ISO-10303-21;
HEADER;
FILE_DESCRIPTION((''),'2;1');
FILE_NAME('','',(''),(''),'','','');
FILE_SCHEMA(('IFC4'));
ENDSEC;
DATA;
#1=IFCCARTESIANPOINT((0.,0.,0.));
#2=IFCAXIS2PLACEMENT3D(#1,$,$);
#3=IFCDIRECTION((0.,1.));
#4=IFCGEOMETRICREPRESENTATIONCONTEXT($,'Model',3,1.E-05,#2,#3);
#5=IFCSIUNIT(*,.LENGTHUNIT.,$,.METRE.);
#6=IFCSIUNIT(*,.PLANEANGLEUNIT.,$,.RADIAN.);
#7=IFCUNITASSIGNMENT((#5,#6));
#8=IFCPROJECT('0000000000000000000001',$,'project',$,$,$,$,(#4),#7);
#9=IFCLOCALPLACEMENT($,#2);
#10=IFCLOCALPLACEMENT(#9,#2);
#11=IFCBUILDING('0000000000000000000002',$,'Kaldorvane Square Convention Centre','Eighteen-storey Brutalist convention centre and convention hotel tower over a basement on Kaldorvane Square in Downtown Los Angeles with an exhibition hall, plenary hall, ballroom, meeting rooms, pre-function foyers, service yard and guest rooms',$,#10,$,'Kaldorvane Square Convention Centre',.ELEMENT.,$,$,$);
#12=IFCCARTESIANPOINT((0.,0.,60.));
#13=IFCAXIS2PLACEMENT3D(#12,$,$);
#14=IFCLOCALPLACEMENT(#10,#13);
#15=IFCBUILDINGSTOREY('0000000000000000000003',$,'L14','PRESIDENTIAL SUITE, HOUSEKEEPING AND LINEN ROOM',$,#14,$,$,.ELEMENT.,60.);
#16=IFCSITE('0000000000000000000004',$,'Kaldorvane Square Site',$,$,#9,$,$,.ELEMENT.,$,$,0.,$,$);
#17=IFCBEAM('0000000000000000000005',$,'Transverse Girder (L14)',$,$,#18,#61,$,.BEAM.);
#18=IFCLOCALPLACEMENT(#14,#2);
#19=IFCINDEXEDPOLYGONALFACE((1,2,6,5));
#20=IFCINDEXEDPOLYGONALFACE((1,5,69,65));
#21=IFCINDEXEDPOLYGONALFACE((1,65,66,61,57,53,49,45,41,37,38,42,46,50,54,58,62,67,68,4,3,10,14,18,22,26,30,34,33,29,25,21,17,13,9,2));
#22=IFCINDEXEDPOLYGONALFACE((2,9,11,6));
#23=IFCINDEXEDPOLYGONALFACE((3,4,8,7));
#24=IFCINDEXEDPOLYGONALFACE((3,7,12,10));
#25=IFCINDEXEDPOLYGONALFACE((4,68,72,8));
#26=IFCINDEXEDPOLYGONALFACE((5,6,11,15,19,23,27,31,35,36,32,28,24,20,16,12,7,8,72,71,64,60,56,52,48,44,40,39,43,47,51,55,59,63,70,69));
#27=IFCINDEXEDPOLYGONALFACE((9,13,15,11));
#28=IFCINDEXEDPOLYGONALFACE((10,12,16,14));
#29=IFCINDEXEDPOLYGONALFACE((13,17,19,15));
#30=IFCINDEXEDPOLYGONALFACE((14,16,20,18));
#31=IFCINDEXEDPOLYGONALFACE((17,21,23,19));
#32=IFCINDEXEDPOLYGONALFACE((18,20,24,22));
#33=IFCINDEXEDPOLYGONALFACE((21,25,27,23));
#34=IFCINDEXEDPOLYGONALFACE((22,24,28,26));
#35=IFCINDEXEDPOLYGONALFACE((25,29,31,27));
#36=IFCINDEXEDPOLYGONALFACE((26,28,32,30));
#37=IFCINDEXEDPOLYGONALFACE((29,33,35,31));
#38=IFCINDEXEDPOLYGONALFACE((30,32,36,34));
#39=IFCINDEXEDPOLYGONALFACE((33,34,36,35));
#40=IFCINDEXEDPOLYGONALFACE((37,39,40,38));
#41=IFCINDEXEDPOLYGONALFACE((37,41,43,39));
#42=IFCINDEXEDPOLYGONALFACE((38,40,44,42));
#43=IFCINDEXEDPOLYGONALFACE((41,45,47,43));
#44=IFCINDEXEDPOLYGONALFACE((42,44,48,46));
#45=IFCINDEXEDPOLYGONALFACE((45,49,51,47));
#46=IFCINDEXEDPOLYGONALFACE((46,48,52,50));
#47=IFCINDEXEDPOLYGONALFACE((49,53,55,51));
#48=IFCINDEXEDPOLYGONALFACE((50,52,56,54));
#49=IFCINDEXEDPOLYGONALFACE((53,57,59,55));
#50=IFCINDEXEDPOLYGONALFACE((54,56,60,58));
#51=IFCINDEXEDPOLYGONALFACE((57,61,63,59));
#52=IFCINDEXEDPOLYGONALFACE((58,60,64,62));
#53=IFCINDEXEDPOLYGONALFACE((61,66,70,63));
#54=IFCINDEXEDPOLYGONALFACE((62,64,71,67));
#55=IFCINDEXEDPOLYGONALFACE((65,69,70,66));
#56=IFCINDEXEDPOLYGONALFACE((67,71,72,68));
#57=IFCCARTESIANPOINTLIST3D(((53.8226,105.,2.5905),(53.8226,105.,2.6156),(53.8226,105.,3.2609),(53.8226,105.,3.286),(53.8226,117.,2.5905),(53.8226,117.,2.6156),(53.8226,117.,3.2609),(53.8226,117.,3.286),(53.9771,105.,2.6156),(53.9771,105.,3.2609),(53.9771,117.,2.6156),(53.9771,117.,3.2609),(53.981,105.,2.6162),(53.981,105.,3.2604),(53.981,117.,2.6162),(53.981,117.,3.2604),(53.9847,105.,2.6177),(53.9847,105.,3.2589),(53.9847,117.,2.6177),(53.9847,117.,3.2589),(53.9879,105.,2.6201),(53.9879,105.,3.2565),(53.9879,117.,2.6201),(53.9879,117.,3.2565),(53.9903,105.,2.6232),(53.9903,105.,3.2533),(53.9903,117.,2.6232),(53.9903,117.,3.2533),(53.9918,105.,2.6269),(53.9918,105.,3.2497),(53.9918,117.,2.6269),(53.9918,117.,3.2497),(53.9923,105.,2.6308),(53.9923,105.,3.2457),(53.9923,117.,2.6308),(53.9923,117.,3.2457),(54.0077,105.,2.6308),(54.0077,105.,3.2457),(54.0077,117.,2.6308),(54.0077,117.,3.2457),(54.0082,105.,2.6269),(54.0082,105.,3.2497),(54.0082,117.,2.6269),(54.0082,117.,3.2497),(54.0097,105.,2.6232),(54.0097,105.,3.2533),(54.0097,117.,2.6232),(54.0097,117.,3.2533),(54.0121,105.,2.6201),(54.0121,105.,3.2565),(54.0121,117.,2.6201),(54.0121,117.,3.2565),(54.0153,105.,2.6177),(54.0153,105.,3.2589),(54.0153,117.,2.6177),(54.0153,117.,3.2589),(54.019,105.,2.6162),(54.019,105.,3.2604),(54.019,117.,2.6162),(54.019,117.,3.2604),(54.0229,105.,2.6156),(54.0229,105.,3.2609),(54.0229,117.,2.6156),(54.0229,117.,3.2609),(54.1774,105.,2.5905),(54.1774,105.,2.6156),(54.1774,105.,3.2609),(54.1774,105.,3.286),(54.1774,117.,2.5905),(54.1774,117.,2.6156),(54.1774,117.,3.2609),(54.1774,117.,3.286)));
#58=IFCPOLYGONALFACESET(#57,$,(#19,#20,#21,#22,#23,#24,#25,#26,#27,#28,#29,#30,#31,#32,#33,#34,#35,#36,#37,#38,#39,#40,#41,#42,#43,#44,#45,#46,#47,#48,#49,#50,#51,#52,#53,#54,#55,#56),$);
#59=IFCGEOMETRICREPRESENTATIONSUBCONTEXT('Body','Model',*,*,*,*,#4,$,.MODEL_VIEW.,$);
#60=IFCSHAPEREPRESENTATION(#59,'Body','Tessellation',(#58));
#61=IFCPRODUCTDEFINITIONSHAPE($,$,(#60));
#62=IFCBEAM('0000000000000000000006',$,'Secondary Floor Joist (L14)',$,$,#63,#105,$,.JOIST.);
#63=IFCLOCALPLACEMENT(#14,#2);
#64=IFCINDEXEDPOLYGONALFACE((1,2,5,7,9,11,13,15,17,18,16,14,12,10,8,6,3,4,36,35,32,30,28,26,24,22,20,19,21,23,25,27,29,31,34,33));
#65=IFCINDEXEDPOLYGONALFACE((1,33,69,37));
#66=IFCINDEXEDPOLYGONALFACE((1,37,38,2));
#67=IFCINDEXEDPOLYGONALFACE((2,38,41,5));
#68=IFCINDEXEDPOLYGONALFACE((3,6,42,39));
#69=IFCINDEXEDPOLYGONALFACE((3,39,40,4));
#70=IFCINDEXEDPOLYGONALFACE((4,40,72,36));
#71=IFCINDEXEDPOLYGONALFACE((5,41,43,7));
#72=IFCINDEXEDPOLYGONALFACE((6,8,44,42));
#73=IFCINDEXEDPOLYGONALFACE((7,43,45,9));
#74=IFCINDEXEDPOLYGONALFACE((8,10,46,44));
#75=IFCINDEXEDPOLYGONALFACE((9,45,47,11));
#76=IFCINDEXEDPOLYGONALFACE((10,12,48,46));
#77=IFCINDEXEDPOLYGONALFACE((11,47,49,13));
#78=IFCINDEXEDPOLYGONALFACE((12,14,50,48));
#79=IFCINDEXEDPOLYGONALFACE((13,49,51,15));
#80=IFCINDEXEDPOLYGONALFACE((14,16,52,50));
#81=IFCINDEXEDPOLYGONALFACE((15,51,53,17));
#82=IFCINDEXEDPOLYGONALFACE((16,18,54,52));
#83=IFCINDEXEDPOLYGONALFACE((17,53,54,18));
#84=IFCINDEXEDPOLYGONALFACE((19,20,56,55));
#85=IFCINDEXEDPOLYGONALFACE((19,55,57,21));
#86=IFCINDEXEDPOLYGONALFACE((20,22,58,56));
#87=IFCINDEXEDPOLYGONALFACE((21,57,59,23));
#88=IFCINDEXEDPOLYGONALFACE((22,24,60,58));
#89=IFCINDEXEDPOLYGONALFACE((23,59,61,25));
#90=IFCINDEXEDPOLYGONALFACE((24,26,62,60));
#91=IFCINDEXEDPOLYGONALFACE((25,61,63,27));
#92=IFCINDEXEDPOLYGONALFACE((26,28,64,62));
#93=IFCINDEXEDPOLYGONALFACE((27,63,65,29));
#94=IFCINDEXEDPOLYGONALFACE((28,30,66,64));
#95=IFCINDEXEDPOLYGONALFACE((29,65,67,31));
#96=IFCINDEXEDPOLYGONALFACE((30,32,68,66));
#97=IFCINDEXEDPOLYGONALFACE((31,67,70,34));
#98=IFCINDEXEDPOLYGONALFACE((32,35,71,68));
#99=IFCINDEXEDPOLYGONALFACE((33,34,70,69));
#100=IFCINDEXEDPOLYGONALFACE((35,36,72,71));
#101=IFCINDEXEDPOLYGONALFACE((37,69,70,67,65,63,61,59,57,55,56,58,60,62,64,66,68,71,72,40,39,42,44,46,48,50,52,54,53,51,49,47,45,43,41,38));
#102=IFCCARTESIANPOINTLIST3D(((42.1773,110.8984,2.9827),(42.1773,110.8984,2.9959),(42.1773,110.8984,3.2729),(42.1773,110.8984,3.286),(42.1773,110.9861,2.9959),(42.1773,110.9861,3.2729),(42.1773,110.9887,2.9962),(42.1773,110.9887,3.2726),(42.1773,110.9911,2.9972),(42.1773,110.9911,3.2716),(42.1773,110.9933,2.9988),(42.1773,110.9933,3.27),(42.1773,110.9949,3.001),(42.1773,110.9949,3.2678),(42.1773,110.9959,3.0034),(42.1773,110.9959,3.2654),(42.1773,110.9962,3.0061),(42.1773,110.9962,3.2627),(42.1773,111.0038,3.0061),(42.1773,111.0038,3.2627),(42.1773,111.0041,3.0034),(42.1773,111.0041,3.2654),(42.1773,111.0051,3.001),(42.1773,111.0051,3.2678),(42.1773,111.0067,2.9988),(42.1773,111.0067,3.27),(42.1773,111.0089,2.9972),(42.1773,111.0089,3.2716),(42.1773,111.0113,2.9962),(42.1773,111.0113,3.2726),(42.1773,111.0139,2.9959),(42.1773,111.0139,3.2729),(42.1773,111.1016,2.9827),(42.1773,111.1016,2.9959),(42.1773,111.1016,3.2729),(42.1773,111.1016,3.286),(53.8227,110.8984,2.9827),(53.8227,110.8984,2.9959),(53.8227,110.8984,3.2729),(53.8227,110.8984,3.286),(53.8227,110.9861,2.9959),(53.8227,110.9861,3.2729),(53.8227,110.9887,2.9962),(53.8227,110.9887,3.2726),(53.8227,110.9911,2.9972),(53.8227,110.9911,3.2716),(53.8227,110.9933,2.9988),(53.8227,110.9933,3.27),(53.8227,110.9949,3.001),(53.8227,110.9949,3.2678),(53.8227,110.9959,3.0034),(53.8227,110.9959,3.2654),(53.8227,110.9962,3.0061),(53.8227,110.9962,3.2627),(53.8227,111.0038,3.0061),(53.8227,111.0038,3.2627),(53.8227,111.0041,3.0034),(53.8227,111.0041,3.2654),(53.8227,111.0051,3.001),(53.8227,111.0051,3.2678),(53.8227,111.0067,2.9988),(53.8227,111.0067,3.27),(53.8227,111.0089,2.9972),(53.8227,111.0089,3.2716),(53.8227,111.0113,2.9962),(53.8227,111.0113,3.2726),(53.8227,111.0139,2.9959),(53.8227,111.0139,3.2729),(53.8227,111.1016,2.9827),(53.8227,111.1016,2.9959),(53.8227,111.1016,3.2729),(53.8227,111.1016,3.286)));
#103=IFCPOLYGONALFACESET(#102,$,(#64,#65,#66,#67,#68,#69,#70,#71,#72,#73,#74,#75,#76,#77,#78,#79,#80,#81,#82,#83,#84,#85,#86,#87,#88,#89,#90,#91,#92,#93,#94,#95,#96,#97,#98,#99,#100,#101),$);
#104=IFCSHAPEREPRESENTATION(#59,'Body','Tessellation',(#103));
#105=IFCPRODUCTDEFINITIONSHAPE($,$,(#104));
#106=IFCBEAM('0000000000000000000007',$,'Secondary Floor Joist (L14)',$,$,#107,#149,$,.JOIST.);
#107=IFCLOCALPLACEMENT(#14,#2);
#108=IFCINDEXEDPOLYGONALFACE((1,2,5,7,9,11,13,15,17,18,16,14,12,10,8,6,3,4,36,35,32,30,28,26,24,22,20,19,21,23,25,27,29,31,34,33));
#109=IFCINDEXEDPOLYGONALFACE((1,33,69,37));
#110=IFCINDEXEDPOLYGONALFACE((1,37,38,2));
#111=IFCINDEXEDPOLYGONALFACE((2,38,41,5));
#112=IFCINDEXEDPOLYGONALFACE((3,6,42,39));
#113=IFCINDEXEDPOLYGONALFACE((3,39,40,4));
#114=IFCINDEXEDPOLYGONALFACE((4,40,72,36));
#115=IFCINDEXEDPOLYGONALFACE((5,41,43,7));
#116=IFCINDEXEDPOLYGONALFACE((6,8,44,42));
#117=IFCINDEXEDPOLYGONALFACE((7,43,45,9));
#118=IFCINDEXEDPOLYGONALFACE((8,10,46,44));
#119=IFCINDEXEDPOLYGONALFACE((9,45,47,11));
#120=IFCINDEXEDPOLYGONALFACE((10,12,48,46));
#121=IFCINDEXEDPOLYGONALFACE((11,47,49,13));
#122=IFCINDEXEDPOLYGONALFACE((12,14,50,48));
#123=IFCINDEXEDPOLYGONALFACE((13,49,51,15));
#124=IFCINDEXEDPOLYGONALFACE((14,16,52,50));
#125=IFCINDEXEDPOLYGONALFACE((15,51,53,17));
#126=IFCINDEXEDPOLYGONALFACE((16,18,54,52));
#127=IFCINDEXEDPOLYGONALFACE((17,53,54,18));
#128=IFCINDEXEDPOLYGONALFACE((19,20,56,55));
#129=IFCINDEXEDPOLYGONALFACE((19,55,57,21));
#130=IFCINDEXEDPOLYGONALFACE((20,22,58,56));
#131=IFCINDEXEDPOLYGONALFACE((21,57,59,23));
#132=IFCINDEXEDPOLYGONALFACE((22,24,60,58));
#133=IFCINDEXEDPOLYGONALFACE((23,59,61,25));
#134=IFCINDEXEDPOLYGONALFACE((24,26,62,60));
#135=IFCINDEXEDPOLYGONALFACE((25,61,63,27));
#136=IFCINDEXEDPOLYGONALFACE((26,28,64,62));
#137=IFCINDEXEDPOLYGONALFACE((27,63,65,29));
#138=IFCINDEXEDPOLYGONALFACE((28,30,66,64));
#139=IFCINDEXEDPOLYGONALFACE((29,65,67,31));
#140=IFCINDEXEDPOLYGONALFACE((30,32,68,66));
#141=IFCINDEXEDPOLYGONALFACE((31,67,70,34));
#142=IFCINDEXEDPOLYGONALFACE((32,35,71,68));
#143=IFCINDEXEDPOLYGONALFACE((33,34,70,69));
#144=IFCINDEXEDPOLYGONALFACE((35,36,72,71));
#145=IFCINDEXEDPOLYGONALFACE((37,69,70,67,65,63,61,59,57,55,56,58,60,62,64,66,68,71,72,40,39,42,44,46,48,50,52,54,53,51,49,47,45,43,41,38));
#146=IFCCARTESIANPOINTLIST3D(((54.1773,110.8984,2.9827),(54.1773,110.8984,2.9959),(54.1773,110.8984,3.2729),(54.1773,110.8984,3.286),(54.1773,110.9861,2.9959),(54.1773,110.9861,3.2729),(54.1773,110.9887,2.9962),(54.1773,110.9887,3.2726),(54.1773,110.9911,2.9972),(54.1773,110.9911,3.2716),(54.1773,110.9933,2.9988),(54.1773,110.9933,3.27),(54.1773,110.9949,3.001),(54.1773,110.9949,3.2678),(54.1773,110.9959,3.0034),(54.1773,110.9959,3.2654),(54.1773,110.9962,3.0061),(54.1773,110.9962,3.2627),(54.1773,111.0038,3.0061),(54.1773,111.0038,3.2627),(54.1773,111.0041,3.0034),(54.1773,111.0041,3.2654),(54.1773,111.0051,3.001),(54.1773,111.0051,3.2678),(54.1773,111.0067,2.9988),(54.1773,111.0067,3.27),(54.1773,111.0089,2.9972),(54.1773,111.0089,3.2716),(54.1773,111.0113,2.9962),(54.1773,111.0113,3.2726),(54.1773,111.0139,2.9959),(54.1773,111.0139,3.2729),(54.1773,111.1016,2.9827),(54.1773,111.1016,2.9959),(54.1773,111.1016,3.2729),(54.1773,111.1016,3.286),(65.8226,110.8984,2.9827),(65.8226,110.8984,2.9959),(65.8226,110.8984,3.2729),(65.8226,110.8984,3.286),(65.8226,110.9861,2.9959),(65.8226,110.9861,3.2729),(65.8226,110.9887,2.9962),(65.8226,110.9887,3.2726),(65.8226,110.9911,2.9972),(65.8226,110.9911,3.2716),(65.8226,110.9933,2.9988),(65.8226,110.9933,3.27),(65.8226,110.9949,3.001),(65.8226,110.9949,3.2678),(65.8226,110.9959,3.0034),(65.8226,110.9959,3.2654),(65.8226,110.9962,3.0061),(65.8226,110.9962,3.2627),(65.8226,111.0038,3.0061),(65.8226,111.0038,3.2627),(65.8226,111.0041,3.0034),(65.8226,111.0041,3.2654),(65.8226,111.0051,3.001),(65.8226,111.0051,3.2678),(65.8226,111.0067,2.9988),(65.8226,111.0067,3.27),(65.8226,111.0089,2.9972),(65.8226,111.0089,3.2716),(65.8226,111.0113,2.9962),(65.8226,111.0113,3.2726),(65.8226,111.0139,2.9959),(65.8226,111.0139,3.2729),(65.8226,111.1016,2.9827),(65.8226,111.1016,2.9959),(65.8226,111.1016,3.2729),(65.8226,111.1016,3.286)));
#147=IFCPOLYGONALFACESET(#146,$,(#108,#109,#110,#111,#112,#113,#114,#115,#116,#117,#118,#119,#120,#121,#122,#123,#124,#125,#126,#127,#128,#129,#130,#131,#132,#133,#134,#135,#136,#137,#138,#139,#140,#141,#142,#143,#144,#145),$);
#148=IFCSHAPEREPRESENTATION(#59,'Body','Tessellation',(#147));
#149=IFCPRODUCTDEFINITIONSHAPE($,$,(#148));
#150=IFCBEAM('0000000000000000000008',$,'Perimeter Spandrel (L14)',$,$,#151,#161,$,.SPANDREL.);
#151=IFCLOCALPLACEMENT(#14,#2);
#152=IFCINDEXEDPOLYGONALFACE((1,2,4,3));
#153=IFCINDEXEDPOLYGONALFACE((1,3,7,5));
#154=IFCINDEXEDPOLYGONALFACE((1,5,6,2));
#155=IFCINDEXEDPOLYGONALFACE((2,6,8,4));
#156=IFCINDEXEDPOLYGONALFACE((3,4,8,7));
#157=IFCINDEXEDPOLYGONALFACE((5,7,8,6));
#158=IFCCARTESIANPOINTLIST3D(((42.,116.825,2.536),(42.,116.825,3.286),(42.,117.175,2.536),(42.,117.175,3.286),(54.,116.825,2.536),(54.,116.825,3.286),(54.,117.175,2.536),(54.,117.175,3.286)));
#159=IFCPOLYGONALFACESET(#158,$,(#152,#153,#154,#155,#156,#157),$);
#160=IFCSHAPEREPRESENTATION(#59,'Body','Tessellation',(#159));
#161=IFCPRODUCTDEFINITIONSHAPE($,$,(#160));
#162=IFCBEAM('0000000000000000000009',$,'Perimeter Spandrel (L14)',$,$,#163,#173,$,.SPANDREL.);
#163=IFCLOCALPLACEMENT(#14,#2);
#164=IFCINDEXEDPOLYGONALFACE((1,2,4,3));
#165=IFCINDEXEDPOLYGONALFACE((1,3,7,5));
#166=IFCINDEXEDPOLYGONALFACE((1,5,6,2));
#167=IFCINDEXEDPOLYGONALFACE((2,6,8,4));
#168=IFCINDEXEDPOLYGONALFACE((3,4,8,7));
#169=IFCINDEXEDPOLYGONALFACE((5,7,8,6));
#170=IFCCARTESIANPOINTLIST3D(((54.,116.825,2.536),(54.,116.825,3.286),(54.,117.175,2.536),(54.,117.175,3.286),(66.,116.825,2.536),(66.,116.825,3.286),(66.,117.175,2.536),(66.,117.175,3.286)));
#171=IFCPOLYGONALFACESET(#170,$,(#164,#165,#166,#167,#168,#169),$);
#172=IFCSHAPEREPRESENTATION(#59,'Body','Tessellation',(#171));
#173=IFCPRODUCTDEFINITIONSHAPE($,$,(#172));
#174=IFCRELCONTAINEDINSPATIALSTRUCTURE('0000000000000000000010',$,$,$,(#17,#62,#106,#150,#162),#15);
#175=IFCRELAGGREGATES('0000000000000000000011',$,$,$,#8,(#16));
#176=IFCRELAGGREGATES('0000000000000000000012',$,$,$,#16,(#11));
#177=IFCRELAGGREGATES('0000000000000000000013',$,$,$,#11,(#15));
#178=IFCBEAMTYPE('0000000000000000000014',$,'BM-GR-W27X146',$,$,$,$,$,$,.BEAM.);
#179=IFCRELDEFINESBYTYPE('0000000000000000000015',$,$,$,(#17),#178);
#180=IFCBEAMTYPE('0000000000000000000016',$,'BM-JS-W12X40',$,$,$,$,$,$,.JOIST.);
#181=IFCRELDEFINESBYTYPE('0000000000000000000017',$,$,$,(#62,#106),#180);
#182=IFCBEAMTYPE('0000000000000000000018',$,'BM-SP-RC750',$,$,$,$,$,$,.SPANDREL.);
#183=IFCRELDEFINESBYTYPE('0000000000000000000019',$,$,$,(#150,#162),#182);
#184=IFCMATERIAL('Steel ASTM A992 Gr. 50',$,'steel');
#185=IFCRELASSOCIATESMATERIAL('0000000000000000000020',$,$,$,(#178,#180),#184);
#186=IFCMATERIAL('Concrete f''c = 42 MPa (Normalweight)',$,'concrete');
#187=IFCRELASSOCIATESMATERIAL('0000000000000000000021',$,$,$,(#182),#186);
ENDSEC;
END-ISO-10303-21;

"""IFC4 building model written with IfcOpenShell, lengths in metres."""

from ifc_helpers import new_model, si_unit, direction, frame, origin, origin_2d, place, context, subcontext, project, spatial, rectangle, i_section, extrude, material, material_profile, profile_set, type_object, element, save


model = new_model("IFC4")

# Units and contexts
model_context = context("Model", 3, precision=1e-05, world=origin(), true_north=direction((0.0, 1.0)))
body_context = subcontext(model_context, "Body", "Model", "MODEL_VIEW")
ifc_project = project(units=[si_unit("LENGTHUNIT", "METRE"), si_unit("PLANEANGLEUNIT", "RADIAN")], contexts=[model_context])

# Site, building, storey
site_placement = place(None, origin())
site = spatial("IfcSite", under=ifc_project, at=site_placement, Name="Kaldorvane Square Site", CompositionType="ELEMENT", RefElevation=0.0)
building_placement = place(site_placement, origin())
building = spatial("IfcBuilding", under=site, at=building_placement, Name="Kaldorvane Square Convention Centre", Description="Eighteen-storey Brutalist convention centre and convention hotel tower over a basement on Kaldorvane Square in Downtown Los Angeles with an exhibition hall, plenary hall, ballroom, meeting rooms, pre-function foyers, service yard and guest rooms", LongName="Kaldorvane Square Convention Centre", CompositionType="ELEMENT")
storey_placement = place(building_placement, frame((0.0, 0.0, 60.0)))
storey = spatial("IfcBuildingStorey", under=building, at=storey_placement, Name="L14", Description="PRESIDENTIAL SUITE, HOUSEKEEPING AND LINEN ROOM", CompositionType="ELEMENT", Elevation=60.0)

# Shared definitions
ifc_material_1 = material(Name="Concrete f'c = 42 MPa (Normalweight)", Category="concrete")
ifc_material_2 = material(Name="Steel ASTM A992 Gr. 50", Category="steel")

# Beams
ifc_material_profile_1 = material_profile(ifc_material_2, i_section(OverallWidth=0.3547, OverallDepth=0.6955, WebThickness=0.0154, FlangeThickness=0.0251, FilletRadius=0.0152, at=origin_2d()), Name="W27X146")
ifc_profile_set_1 = profile_set([ifc_material_profile_1], Name="Steel ASTM A992 Gr. 50")
beam_type_1 = type_object("IfcBeamType", Name="BM-GR-W27X146", PredefinedType="BEAM", material=ifc_profile_set_1)
for number, where, z_axis, x_axis, name in (
    (1, (54.0, 105.0, 2.9383), (0.0, 1.0, 0.0), (-1.0, 0.0, 0.0), "Transverse Girder (L14)"),
):
    element("IfcBeam", number, at=place(storey_placement, frame(where, z_axis=z_axis, x_axis=x_axis)), inside=storey, type_object=beam_type_1, Name=name, PredefinedType="BEAM", context=body_context, shape_type="SweptSolid", body=[
        extrude(i_section(OverallWidth=0.3547, OverallDepth=0.6955, WebThickness=0.0154, FlangeThickness=0.0251, FilletRadius=0.0152, at=origin_2d()), origin(), (0.0, 0.0, 1.0), 12.0),
    ])
ifc_material_profile_2 = material_profile(ifc_material_2, i_section(OverallWidth=0.2033, OverallDepth=0.3033, WebThickness=0.0075, FlangeThickness=0.0131, FilletRadius=0.0102, at=origin_2d()), Name="W12X40")
ifc_profile_set_2 = profile_set([ifc_material_profile_2], Name="Steel ASTM A992 Gr. 50")
beam_type_2 = type_object("IfcBeamType", Name="BM-JS-W12X40", PredefinedType="JOIST", material=ifc_profile_set_2)
beam_1_placement = place(storey_placement, frame((42.1773, 111.0, 3.1344), z_axis=(1.0, 0.0, 0.0), x_axis=(0.0, 1.0, 0.0)))
element("IfcBeam", 2, at=beam_1_placement, inside=storey, type_object=beam_type_2, Name="Secondary Floor Joist (L14)", PredefinedType="JOIST", context=body_context, shape_type="SweptSolid", body=[
    extrude(i_section(OverallWidth=0.2033, OverallDepth=0.3033, WebThickness=0.0075, FlangeThickness=0.0131, FilletRadius=0.0102, at=origin_2d()), origin(), (0.0, 0.0, 1.0), 11.6454),
])
beam_2_placement = place(storey_placement, frame((54.1773, 111.0, 3.1344), z_axis=(1.0, 0.0, 0.0), x_axis=(0.0, 1.0, 0.0)))
element("IfcBeam", 3, at=beam_2_placement, inside=storey, type_object=beam_type_2, Name="Secondary Floor Joist (L14)", PredefinedType="JOIST", context=body_context, shape_type="SweptSolid", body=[
    extrude(i_section(OverallWidth=0.2033, OverallDepth=0.3033, WebThickness=0.0075, FlangeThickness=0.0131, FilletRadius=0.0102, at=origin_2d()), origin(), (0.0, 0.0, 1.0), 11.6453),
])
ifc_material_profile_3 = material_profile(ifc_material_1, rectangle(XDim=0.35, YDim=0.75, at=origin_2d()), Name="RCSP750X350")
ifc_profile_set_3 = profile_set([ifc_material_profile_3], Name="Concrete f'c = 42 MPa (Normalweight)")
beam_type_3 = type_object("IfcBeamType", Name="BM-SP-RC750", PredefinedType="SPANDREL", material=ifc_profile_set_3)
for number, where, z_axis, x_axis, name in (
    (4, (42.0, 117.0, 2.911), (1.0, 0.0, 0.0), (0.0, 1.0, 0.0), "Perimeter Spandrel (L14)"),
    (5, (54.0, 117.0, 2.911), (1.0, 0.0, 0.0), (0.0, 1.0, 0.0), "Perimeter Spandrel (L14)"),
):
    element("IfcBeam", number, at=place(storey_placement, frame(where, z_axis=z_axis, x_axis=x_axis)), inside=storey, type_object=beam_type_3, Name=name, PredefinedType="SPANDREL", context=body_context, shape_type="SweptSolid", body=[
        extrude(rectangle(XDim=0.35, YDim=0.75, at=origin_2d()), origin(), (0.0, 0.0, 1.0), 12.0),
    ])

save(model, "model.ifc")
